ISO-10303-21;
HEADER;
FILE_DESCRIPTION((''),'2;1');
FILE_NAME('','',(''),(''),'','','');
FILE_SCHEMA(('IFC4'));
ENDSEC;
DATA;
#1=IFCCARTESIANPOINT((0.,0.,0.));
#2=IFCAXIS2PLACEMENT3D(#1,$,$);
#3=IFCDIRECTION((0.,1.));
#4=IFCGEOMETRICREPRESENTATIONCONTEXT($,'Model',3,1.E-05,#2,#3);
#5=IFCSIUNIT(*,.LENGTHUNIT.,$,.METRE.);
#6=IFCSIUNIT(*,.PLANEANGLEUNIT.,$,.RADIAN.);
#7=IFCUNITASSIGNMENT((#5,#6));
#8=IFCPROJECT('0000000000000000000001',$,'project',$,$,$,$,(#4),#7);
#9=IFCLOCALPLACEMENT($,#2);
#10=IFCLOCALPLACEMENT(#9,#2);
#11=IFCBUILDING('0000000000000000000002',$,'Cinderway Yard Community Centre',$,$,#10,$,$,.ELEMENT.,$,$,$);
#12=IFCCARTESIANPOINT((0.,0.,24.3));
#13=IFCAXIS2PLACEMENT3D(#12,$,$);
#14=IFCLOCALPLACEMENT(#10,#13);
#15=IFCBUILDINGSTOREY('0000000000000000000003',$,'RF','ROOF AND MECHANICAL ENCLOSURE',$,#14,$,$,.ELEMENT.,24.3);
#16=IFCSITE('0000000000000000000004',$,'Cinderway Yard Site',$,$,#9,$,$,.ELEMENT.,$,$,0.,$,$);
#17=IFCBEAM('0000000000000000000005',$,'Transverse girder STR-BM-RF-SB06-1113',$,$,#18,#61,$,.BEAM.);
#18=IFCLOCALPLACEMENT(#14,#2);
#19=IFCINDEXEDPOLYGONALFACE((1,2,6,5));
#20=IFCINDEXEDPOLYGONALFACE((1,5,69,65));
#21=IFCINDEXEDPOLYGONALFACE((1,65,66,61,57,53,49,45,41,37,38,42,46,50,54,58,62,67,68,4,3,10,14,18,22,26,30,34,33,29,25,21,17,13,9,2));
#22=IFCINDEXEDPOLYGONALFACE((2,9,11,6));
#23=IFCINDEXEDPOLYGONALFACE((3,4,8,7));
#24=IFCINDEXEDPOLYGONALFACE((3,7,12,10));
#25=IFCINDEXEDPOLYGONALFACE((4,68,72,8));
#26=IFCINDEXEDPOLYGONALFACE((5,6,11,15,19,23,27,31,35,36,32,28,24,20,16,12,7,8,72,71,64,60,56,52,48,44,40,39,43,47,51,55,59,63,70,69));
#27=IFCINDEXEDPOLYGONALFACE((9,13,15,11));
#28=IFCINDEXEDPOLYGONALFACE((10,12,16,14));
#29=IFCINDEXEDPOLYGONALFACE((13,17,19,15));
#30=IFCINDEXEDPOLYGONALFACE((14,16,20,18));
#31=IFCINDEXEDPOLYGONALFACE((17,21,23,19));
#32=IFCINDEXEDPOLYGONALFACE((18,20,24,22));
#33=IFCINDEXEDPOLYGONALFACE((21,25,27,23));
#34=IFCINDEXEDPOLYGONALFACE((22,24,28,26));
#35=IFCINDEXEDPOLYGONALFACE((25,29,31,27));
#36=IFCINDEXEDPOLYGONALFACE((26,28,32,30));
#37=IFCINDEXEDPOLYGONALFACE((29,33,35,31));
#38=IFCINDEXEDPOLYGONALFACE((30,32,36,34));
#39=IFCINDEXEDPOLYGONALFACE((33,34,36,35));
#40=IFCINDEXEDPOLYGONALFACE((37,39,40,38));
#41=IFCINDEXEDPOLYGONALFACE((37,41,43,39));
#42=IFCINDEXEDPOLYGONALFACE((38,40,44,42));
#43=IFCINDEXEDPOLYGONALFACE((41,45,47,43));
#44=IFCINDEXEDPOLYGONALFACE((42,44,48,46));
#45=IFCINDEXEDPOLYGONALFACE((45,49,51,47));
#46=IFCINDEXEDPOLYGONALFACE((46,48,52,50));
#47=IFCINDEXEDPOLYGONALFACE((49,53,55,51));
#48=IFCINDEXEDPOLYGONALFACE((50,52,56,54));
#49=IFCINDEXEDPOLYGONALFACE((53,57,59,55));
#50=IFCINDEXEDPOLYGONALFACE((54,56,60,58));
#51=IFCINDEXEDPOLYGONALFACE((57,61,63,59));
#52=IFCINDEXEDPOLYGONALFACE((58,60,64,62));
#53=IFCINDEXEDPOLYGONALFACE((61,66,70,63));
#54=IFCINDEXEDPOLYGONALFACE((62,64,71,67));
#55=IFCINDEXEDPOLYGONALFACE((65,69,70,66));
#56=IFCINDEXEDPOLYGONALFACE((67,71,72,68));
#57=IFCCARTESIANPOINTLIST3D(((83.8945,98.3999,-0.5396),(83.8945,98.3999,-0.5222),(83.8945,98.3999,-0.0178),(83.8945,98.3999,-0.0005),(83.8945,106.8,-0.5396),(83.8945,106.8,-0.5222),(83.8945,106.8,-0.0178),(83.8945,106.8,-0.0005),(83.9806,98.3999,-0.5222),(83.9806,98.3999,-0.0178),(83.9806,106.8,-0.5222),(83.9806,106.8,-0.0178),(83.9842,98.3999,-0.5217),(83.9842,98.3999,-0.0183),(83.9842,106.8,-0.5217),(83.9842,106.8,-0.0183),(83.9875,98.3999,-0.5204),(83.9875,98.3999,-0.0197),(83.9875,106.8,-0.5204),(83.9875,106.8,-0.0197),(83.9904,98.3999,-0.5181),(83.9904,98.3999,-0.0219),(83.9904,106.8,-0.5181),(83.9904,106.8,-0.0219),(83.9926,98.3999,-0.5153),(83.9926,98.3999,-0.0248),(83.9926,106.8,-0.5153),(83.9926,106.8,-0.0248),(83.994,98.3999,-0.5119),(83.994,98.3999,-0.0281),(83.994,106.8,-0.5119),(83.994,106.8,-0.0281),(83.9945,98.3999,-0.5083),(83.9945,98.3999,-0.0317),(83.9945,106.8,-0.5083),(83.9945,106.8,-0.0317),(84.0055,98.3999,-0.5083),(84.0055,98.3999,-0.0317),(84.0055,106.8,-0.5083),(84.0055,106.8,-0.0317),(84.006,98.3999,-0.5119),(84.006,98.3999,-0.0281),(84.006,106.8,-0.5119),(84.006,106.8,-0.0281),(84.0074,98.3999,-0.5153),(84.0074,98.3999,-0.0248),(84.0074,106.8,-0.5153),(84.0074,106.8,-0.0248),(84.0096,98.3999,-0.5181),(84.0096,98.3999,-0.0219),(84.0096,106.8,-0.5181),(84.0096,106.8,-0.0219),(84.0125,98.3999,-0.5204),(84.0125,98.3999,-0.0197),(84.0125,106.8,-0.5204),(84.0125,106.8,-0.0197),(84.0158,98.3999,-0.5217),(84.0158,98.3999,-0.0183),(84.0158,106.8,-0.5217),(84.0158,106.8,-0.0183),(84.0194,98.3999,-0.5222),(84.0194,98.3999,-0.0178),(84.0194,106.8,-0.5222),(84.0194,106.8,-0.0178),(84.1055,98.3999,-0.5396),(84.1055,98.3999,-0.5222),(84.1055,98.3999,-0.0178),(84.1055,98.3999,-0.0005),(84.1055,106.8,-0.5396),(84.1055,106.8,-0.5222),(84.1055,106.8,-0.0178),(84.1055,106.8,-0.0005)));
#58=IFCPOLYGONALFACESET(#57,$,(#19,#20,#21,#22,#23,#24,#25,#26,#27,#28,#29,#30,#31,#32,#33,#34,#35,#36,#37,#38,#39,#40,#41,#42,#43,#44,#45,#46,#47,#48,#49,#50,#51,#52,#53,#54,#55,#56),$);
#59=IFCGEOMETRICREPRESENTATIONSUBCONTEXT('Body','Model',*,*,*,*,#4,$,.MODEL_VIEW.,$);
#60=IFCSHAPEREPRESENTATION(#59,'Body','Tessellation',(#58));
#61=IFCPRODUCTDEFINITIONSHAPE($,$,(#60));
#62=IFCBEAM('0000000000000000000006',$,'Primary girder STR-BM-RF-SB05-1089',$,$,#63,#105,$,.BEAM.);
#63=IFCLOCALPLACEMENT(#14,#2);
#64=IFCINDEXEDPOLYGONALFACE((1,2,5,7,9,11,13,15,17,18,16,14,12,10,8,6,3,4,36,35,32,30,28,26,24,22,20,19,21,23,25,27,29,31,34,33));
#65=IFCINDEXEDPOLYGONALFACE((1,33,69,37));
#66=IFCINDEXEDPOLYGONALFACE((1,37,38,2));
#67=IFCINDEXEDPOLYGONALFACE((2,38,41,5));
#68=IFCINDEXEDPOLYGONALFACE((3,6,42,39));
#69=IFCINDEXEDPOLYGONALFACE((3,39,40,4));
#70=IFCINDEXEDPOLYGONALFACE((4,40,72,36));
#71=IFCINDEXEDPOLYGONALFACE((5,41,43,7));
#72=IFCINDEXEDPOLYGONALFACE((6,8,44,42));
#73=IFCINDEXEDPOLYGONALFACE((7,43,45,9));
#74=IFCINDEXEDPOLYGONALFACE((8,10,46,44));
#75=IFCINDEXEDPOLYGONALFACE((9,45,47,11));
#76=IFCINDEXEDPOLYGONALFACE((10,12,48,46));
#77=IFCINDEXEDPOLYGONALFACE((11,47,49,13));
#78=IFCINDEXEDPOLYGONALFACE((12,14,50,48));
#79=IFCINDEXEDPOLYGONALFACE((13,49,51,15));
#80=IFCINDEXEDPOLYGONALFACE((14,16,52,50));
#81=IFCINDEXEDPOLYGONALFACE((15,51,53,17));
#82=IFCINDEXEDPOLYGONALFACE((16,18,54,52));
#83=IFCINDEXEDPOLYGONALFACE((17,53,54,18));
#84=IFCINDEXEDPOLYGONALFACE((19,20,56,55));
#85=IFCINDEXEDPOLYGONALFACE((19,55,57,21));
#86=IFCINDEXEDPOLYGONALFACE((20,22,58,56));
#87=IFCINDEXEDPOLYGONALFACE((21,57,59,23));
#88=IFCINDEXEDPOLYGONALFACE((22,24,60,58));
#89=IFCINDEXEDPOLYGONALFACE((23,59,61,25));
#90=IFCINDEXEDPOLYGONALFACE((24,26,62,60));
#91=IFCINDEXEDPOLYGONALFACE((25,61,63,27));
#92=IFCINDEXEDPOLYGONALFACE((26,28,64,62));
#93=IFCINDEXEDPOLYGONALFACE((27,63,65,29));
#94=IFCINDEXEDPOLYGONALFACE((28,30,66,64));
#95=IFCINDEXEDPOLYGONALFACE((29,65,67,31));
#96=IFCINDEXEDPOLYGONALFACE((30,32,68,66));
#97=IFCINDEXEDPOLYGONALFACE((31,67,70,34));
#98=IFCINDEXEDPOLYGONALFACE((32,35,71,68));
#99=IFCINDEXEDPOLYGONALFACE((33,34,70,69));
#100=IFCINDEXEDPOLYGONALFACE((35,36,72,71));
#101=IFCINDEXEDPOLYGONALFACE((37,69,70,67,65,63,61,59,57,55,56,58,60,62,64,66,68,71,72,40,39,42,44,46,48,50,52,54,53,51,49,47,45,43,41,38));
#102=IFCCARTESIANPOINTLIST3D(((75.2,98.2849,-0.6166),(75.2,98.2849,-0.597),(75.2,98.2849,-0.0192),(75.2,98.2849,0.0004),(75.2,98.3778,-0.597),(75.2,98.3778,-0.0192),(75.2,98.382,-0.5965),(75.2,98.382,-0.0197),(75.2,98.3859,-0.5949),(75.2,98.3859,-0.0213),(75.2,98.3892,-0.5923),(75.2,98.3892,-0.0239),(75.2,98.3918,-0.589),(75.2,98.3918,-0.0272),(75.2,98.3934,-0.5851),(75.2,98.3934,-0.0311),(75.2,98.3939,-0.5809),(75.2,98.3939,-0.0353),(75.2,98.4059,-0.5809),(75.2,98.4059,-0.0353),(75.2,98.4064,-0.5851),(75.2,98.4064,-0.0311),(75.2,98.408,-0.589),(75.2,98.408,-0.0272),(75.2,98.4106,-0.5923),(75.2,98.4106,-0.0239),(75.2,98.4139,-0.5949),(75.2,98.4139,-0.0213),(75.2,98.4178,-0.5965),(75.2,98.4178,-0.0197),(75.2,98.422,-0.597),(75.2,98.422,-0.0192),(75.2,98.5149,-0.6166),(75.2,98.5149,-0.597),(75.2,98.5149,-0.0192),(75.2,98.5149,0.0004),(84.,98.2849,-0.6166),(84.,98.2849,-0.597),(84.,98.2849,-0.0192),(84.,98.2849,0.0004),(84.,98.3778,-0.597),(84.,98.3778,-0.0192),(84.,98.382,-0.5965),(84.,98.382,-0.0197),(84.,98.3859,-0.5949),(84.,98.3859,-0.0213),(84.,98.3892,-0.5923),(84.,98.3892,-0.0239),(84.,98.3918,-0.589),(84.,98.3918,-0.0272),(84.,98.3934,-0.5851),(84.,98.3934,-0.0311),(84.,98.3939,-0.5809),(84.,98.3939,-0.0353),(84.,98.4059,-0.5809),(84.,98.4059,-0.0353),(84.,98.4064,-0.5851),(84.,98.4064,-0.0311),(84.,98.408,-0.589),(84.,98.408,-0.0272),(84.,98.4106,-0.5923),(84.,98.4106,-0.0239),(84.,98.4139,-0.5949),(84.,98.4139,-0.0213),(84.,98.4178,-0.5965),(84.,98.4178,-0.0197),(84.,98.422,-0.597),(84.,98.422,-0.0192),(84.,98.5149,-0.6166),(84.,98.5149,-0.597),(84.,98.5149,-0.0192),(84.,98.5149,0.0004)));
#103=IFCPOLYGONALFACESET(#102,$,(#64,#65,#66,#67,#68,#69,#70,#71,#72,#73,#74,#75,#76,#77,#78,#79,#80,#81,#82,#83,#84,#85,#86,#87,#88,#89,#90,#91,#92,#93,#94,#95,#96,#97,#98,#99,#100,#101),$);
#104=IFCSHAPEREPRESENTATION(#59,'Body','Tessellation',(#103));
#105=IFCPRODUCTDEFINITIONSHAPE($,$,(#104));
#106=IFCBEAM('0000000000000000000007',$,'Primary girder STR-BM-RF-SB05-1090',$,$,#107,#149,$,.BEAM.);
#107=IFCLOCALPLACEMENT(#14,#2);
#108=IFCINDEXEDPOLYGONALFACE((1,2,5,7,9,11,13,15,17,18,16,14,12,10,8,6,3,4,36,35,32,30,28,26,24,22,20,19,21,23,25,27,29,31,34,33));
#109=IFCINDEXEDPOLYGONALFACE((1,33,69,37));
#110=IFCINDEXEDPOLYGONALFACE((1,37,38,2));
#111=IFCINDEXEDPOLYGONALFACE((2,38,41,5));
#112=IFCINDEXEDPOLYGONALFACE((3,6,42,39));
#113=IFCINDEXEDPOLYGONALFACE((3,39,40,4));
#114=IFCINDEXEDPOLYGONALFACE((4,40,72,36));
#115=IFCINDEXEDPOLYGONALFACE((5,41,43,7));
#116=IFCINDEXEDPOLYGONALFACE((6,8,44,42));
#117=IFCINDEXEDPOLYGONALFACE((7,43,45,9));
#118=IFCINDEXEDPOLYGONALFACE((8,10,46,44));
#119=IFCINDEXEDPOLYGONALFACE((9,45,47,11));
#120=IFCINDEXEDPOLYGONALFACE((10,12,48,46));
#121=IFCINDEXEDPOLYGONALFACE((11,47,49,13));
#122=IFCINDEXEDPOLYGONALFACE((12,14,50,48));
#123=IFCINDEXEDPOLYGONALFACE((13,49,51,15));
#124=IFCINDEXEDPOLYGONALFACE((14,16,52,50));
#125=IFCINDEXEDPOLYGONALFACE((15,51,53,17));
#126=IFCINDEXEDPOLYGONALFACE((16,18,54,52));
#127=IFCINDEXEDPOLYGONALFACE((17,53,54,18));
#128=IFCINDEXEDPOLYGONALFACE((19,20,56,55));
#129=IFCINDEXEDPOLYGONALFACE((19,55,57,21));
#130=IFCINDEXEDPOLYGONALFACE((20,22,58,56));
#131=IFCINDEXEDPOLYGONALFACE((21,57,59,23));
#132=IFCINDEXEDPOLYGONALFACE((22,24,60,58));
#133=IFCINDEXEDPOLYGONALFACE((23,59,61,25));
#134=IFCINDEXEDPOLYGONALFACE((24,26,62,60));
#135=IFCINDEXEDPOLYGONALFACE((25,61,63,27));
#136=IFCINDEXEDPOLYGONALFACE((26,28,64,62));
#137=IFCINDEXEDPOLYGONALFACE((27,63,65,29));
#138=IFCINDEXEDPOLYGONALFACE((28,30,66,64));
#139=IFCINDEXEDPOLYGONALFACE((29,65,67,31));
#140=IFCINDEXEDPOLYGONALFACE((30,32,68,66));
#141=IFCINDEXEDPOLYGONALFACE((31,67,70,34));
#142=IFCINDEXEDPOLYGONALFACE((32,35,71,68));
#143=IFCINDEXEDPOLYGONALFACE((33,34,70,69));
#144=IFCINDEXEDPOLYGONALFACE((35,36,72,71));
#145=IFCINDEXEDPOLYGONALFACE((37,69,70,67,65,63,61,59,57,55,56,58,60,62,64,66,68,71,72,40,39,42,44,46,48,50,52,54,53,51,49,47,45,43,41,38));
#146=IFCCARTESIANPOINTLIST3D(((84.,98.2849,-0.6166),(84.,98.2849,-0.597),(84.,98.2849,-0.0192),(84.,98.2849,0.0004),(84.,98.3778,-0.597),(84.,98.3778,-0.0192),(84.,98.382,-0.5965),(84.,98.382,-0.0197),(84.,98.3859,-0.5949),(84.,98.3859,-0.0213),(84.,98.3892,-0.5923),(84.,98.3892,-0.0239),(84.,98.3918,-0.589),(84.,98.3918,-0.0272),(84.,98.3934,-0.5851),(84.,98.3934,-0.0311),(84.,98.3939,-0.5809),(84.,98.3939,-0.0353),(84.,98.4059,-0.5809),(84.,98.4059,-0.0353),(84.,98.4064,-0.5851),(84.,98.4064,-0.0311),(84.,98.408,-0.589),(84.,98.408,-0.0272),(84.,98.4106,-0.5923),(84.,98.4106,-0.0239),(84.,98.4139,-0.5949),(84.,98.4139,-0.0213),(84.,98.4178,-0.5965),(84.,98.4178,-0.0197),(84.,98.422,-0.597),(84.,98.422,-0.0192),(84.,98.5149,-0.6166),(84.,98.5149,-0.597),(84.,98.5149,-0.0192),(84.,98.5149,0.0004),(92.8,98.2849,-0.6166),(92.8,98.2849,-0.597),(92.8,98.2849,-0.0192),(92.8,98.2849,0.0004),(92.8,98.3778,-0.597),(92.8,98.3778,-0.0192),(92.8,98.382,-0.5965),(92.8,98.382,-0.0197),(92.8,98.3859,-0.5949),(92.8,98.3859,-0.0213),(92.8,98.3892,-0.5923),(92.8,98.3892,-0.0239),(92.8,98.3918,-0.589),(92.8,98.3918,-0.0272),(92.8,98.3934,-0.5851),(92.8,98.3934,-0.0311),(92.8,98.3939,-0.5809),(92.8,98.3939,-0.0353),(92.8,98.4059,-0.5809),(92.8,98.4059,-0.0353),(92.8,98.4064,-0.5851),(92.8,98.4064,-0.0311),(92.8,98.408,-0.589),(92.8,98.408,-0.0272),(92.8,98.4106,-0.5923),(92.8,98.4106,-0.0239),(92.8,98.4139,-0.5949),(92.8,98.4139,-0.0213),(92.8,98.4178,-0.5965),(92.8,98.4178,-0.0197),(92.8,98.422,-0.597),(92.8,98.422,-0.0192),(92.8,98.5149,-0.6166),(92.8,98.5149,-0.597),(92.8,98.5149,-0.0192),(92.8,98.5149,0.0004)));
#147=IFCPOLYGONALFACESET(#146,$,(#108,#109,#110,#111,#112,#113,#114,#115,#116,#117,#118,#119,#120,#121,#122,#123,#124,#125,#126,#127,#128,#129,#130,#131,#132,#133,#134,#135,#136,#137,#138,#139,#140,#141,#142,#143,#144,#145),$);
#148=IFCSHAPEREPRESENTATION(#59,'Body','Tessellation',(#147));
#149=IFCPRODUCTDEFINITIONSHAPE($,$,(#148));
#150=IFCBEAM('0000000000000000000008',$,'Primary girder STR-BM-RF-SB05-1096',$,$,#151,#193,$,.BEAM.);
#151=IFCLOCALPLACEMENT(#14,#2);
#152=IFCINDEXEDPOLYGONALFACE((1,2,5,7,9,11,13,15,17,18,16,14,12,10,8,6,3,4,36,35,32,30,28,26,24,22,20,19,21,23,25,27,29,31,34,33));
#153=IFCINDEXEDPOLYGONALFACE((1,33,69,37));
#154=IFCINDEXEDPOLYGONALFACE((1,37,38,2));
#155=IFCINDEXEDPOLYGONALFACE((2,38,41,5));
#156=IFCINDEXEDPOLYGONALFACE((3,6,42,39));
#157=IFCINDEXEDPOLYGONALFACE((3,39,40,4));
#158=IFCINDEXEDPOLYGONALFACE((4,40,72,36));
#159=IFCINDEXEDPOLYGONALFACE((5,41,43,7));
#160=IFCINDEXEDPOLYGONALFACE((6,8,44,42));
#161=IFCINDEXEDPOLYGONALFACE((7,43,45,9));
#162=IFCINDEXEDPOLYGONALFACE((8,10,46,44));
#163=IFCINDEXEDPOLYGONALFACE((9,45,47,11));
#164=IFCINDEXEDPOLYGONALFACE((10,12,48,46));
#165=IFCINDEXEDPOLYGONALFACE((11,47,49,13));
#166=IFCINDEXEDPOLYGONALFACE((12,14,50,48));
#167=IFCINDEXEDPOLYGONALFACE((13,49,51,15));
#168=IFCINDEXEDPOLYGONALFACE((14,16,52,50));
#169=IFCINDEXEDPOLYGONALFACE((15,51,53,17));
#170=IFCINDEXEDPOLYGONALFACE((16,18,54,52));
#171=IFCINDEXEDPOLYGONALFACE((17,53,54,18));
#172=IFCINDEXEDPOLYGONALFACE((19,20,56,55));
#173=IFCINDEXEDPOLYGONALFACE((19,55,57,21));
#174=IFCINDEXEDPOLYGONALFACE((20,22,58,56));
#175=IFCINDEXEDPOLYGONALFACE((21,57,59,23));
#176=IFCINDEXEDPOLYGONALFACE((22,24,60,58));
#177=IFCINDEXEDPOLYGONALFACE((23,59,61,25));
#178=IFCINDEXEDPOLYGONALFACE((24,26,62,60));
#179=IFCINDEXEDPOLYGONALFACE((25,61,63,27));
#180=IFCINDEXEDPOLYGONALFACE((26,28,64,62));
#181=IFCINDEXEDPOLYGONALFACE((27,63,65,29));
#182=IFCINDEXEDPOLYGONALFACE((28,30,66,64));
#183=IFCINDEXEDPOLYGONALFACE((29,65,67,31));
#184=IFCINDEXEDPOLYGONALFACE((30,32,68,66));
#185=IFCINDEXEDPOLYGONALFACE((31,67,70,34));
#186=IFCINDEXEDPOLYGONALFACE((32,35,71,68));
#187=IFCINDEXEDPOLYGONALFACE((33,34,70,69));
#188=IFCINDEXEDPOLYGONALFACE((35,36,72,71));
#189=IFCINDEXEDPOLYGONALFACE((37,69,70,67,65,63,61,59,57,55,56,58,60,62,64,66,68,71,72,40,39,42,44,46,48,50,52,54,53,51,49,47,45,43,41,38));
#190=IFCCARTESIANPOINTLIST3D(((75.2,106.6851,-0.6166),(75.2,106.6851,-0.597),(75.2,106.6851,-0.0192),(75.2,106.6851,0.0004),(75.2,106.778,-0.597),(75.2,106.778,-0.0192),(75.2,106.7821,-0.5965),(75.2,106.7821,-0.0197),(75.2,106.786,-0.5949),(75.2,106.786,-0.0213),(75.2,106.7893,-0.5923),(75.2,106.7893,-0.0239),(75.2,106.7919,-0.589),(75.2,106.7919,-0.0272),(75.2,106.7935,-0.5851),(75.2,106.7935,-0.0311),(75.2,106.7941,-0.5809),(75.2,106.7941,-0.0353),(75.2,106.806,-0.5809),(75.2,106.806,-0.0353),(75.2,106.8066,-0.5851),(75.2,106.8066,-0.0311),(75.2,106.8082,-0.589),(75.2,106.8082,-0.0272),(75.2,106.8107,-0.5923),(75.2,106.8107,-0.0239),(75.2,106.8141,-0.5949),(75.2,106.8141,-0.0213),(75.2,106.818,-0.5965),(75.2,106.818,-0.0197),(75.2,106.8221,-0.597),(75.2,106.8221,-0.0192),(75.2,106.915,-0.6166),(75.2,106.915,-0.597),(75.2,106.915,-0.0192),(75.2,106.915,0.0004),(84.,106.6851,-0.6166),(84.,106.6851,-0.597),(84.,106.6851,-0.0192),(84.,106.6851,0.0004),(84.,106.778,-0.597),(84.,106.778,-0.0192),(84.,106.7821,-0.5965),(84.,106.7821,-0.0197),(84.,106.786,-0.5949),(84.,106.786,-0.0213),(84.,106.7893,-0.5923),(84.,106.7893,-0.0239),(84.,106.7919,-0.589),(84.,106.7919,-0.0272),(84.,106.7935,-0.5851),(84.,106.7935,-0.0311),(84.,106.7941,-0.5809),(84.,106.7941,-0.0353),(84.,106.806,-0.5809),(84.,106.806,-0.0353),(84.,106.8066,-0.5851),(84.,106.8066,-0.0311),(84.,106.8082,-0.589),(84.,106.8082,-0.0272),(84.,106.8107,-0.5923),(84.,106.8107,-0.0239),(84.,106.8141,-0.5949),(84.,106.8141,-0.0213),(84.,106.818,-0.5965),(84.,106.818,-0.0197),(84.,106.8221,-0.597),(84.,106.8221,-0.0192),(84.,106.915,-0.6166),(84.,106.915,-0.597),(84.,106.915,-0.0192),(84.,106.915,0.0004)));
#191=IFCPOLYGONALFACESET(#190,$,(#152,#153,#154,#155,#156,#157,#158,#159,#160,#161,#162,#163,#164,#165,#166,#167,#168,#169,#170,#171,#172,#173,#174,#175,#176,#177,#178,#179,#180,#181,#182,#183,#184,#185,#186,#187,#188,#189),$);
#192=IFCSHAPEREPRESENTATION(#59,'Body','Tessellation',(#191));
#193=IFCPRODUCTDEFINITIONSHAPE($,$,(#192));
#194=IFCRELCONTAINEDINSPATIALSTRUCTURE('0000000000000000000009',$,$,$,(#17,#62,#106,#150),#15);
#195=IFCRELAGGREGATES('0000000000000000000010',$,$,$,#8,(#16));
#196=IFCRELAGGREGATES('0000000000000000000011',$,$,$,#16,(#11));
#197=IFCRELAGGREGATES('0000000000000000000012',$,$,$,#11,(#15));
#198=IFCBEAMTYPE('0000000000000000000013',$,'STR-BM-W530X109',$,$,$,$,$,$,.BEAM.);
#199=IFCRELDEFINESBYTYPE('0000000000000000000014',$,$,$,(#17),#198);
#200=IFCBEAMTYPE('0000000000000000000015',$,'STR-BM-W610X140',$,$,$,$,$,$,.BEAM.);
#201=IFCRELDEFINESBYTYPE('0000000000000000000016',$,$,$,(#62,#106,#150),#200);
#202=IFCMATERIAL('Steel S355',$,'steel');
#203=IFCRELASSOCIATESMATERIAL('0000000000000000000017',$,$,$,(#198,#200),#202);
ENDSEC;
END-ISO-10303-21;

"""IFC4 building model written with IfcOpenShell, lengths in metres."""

from ifc_helpers import new_model, si_unit, direction, frame, origin, origin_2d, place, context, subcontext, project, spatial, i_section, extrude, material, material_profile, profile_set, type_object, element, save


model = new_model("IFC4")

# Units and contexts
model_context = context("Model", 3, precision=1e-05, world=origin(), true_north=direction((0.0, 1.0)))
body_context = subcontext(model_context, "Body", "Model", "MODEL_VIEW")
ifc_project = project(units=[si_unit("LENGTHUNIT", "METRE"), si_unit("PLANEANGLEUNIT", "RADIAN")], contexts=[model_context])

# Site, building, storey
site_placement = place(None, origin())
site = spatial("IfcSite", under=ifc_project, at=site_placement, Name="Cinderway Yard Site", CompositionType="ELEMENT", RefElevation=0.0)
building_placement = place(site_placement, origin())
building = spatial("IfcBuilding", under=site, at=building_placement, Name="Cinderway Yard Community Centre", CompositionType="ELEMENT")
storey_placement = place(building_placement, frame((0.0, 0.0, 24.3)))
storey = spatial("IfcBuildingStorey", under=building, at=storey_placement, Name="RF", Description="ROOF AND MECHANICAL ENCLOSURE", CompositionType="ELEMENT", Elevation=24.3)

# Shared definitions
ifc_material = material(Name="Steel S355", Category="steel")

# Beams
ifc_material_profile_1 = material_profile(ifc_material, i_section(OverallWidth=0.2109, OverallDepth=0.5391, WebThickness=0.011, FlangeThickness=0.0173, FilletRadius=0.0139, at=origin_2d()), Name="Steel S355")
ifc_profile_set_1 = profile_set([ifc_material_profile_1], Name="Steel S355")
beam_type_1 = type_object("IfcBeamType", Name="STR-BM-W530X109", PredefinedType="BEAM", material=ifc_profile_set_1)
beam_1_placement = place(storey_placement, frame((84.0, 98.3999, -0.27), z_axis=(0.0, 1.0, 0.0), x_axis=(-1.0, 0.0, 0.0)))
element("IfcBeam", 1, at=beam_1_placement, inside=storey, type_object=beam_type_1, Name="Transverse girder STR-BM-RF-SB06-1113", PredefinedType="BEAM", context=body_context, shape_type="SweptSolid", body=[
    extrude(i_section(OverallWidth=0.2109, OverallDepth=0.5391, WebThickness=0.011, FlangeThickness=0.0173, FilletRadius=0.0139, at=origin_2d()), origin(), (0.0, 0.0, 1.0), 8.4001),
])
ifc_material_profile_2 = material_profile(ifc_material, i_section(OverallWidth=0.23, OverallDepth=0.6169, WebThickness=0.012, FlangeThickness=0.0195, FilletRadius=0.0161, at=origin_2d()), Name="Steel S355")
ifc_profile_set_2 = profile_set([ifc_material_profile_2], Name="Steel S355")
beam_type_2 = type_object("IfcBeamType", Name="STR-BM-W610X140", PredefinedType="BEAM", material=ifc_profile_set_2)
for number, where, z_axis, x_axis, name in (
    (2, (75.2, 98.3999, -0.3081), (1.0, 0.0, 0.0), (0.0, 1.0, 0.0), "Primary girder STR-BM-RF-SB05-1089"),
    (3, (84.0, 98.3999, -0.3081), (1.0, 0.0, 0.0), (0.0, 1.0, 0.0), "Primary girder STR-BM-RF-SB05-1090"),
    (4, (75.2, 106.8, -0.3081), (1.0, 0.0, 0.0), (0.0, 1.0, 0.0), "Primary girder STR-BM-RF-SB05-1096"),
):
    element("IfcBeam", number, at=place(storey_placement, frame(where, z_axis=z_axis, x_axis=x_axis)), inside=storey, type_object=beam_type_2, Name=name, PredefinedType="BEAM", context=body_context, shape_type="SweptSolid", body=[
        extrude(i_section(OverallWidth=0.23, OverallDepth=0.6169, WebThickness=0.012, FlangeThickness=0.0195, FilletRadius=0.0161, at=origin_2d()), origin(), (0.0, 0.0, 1.0), 8.8),
    ])

save(model, "model.ifc")
